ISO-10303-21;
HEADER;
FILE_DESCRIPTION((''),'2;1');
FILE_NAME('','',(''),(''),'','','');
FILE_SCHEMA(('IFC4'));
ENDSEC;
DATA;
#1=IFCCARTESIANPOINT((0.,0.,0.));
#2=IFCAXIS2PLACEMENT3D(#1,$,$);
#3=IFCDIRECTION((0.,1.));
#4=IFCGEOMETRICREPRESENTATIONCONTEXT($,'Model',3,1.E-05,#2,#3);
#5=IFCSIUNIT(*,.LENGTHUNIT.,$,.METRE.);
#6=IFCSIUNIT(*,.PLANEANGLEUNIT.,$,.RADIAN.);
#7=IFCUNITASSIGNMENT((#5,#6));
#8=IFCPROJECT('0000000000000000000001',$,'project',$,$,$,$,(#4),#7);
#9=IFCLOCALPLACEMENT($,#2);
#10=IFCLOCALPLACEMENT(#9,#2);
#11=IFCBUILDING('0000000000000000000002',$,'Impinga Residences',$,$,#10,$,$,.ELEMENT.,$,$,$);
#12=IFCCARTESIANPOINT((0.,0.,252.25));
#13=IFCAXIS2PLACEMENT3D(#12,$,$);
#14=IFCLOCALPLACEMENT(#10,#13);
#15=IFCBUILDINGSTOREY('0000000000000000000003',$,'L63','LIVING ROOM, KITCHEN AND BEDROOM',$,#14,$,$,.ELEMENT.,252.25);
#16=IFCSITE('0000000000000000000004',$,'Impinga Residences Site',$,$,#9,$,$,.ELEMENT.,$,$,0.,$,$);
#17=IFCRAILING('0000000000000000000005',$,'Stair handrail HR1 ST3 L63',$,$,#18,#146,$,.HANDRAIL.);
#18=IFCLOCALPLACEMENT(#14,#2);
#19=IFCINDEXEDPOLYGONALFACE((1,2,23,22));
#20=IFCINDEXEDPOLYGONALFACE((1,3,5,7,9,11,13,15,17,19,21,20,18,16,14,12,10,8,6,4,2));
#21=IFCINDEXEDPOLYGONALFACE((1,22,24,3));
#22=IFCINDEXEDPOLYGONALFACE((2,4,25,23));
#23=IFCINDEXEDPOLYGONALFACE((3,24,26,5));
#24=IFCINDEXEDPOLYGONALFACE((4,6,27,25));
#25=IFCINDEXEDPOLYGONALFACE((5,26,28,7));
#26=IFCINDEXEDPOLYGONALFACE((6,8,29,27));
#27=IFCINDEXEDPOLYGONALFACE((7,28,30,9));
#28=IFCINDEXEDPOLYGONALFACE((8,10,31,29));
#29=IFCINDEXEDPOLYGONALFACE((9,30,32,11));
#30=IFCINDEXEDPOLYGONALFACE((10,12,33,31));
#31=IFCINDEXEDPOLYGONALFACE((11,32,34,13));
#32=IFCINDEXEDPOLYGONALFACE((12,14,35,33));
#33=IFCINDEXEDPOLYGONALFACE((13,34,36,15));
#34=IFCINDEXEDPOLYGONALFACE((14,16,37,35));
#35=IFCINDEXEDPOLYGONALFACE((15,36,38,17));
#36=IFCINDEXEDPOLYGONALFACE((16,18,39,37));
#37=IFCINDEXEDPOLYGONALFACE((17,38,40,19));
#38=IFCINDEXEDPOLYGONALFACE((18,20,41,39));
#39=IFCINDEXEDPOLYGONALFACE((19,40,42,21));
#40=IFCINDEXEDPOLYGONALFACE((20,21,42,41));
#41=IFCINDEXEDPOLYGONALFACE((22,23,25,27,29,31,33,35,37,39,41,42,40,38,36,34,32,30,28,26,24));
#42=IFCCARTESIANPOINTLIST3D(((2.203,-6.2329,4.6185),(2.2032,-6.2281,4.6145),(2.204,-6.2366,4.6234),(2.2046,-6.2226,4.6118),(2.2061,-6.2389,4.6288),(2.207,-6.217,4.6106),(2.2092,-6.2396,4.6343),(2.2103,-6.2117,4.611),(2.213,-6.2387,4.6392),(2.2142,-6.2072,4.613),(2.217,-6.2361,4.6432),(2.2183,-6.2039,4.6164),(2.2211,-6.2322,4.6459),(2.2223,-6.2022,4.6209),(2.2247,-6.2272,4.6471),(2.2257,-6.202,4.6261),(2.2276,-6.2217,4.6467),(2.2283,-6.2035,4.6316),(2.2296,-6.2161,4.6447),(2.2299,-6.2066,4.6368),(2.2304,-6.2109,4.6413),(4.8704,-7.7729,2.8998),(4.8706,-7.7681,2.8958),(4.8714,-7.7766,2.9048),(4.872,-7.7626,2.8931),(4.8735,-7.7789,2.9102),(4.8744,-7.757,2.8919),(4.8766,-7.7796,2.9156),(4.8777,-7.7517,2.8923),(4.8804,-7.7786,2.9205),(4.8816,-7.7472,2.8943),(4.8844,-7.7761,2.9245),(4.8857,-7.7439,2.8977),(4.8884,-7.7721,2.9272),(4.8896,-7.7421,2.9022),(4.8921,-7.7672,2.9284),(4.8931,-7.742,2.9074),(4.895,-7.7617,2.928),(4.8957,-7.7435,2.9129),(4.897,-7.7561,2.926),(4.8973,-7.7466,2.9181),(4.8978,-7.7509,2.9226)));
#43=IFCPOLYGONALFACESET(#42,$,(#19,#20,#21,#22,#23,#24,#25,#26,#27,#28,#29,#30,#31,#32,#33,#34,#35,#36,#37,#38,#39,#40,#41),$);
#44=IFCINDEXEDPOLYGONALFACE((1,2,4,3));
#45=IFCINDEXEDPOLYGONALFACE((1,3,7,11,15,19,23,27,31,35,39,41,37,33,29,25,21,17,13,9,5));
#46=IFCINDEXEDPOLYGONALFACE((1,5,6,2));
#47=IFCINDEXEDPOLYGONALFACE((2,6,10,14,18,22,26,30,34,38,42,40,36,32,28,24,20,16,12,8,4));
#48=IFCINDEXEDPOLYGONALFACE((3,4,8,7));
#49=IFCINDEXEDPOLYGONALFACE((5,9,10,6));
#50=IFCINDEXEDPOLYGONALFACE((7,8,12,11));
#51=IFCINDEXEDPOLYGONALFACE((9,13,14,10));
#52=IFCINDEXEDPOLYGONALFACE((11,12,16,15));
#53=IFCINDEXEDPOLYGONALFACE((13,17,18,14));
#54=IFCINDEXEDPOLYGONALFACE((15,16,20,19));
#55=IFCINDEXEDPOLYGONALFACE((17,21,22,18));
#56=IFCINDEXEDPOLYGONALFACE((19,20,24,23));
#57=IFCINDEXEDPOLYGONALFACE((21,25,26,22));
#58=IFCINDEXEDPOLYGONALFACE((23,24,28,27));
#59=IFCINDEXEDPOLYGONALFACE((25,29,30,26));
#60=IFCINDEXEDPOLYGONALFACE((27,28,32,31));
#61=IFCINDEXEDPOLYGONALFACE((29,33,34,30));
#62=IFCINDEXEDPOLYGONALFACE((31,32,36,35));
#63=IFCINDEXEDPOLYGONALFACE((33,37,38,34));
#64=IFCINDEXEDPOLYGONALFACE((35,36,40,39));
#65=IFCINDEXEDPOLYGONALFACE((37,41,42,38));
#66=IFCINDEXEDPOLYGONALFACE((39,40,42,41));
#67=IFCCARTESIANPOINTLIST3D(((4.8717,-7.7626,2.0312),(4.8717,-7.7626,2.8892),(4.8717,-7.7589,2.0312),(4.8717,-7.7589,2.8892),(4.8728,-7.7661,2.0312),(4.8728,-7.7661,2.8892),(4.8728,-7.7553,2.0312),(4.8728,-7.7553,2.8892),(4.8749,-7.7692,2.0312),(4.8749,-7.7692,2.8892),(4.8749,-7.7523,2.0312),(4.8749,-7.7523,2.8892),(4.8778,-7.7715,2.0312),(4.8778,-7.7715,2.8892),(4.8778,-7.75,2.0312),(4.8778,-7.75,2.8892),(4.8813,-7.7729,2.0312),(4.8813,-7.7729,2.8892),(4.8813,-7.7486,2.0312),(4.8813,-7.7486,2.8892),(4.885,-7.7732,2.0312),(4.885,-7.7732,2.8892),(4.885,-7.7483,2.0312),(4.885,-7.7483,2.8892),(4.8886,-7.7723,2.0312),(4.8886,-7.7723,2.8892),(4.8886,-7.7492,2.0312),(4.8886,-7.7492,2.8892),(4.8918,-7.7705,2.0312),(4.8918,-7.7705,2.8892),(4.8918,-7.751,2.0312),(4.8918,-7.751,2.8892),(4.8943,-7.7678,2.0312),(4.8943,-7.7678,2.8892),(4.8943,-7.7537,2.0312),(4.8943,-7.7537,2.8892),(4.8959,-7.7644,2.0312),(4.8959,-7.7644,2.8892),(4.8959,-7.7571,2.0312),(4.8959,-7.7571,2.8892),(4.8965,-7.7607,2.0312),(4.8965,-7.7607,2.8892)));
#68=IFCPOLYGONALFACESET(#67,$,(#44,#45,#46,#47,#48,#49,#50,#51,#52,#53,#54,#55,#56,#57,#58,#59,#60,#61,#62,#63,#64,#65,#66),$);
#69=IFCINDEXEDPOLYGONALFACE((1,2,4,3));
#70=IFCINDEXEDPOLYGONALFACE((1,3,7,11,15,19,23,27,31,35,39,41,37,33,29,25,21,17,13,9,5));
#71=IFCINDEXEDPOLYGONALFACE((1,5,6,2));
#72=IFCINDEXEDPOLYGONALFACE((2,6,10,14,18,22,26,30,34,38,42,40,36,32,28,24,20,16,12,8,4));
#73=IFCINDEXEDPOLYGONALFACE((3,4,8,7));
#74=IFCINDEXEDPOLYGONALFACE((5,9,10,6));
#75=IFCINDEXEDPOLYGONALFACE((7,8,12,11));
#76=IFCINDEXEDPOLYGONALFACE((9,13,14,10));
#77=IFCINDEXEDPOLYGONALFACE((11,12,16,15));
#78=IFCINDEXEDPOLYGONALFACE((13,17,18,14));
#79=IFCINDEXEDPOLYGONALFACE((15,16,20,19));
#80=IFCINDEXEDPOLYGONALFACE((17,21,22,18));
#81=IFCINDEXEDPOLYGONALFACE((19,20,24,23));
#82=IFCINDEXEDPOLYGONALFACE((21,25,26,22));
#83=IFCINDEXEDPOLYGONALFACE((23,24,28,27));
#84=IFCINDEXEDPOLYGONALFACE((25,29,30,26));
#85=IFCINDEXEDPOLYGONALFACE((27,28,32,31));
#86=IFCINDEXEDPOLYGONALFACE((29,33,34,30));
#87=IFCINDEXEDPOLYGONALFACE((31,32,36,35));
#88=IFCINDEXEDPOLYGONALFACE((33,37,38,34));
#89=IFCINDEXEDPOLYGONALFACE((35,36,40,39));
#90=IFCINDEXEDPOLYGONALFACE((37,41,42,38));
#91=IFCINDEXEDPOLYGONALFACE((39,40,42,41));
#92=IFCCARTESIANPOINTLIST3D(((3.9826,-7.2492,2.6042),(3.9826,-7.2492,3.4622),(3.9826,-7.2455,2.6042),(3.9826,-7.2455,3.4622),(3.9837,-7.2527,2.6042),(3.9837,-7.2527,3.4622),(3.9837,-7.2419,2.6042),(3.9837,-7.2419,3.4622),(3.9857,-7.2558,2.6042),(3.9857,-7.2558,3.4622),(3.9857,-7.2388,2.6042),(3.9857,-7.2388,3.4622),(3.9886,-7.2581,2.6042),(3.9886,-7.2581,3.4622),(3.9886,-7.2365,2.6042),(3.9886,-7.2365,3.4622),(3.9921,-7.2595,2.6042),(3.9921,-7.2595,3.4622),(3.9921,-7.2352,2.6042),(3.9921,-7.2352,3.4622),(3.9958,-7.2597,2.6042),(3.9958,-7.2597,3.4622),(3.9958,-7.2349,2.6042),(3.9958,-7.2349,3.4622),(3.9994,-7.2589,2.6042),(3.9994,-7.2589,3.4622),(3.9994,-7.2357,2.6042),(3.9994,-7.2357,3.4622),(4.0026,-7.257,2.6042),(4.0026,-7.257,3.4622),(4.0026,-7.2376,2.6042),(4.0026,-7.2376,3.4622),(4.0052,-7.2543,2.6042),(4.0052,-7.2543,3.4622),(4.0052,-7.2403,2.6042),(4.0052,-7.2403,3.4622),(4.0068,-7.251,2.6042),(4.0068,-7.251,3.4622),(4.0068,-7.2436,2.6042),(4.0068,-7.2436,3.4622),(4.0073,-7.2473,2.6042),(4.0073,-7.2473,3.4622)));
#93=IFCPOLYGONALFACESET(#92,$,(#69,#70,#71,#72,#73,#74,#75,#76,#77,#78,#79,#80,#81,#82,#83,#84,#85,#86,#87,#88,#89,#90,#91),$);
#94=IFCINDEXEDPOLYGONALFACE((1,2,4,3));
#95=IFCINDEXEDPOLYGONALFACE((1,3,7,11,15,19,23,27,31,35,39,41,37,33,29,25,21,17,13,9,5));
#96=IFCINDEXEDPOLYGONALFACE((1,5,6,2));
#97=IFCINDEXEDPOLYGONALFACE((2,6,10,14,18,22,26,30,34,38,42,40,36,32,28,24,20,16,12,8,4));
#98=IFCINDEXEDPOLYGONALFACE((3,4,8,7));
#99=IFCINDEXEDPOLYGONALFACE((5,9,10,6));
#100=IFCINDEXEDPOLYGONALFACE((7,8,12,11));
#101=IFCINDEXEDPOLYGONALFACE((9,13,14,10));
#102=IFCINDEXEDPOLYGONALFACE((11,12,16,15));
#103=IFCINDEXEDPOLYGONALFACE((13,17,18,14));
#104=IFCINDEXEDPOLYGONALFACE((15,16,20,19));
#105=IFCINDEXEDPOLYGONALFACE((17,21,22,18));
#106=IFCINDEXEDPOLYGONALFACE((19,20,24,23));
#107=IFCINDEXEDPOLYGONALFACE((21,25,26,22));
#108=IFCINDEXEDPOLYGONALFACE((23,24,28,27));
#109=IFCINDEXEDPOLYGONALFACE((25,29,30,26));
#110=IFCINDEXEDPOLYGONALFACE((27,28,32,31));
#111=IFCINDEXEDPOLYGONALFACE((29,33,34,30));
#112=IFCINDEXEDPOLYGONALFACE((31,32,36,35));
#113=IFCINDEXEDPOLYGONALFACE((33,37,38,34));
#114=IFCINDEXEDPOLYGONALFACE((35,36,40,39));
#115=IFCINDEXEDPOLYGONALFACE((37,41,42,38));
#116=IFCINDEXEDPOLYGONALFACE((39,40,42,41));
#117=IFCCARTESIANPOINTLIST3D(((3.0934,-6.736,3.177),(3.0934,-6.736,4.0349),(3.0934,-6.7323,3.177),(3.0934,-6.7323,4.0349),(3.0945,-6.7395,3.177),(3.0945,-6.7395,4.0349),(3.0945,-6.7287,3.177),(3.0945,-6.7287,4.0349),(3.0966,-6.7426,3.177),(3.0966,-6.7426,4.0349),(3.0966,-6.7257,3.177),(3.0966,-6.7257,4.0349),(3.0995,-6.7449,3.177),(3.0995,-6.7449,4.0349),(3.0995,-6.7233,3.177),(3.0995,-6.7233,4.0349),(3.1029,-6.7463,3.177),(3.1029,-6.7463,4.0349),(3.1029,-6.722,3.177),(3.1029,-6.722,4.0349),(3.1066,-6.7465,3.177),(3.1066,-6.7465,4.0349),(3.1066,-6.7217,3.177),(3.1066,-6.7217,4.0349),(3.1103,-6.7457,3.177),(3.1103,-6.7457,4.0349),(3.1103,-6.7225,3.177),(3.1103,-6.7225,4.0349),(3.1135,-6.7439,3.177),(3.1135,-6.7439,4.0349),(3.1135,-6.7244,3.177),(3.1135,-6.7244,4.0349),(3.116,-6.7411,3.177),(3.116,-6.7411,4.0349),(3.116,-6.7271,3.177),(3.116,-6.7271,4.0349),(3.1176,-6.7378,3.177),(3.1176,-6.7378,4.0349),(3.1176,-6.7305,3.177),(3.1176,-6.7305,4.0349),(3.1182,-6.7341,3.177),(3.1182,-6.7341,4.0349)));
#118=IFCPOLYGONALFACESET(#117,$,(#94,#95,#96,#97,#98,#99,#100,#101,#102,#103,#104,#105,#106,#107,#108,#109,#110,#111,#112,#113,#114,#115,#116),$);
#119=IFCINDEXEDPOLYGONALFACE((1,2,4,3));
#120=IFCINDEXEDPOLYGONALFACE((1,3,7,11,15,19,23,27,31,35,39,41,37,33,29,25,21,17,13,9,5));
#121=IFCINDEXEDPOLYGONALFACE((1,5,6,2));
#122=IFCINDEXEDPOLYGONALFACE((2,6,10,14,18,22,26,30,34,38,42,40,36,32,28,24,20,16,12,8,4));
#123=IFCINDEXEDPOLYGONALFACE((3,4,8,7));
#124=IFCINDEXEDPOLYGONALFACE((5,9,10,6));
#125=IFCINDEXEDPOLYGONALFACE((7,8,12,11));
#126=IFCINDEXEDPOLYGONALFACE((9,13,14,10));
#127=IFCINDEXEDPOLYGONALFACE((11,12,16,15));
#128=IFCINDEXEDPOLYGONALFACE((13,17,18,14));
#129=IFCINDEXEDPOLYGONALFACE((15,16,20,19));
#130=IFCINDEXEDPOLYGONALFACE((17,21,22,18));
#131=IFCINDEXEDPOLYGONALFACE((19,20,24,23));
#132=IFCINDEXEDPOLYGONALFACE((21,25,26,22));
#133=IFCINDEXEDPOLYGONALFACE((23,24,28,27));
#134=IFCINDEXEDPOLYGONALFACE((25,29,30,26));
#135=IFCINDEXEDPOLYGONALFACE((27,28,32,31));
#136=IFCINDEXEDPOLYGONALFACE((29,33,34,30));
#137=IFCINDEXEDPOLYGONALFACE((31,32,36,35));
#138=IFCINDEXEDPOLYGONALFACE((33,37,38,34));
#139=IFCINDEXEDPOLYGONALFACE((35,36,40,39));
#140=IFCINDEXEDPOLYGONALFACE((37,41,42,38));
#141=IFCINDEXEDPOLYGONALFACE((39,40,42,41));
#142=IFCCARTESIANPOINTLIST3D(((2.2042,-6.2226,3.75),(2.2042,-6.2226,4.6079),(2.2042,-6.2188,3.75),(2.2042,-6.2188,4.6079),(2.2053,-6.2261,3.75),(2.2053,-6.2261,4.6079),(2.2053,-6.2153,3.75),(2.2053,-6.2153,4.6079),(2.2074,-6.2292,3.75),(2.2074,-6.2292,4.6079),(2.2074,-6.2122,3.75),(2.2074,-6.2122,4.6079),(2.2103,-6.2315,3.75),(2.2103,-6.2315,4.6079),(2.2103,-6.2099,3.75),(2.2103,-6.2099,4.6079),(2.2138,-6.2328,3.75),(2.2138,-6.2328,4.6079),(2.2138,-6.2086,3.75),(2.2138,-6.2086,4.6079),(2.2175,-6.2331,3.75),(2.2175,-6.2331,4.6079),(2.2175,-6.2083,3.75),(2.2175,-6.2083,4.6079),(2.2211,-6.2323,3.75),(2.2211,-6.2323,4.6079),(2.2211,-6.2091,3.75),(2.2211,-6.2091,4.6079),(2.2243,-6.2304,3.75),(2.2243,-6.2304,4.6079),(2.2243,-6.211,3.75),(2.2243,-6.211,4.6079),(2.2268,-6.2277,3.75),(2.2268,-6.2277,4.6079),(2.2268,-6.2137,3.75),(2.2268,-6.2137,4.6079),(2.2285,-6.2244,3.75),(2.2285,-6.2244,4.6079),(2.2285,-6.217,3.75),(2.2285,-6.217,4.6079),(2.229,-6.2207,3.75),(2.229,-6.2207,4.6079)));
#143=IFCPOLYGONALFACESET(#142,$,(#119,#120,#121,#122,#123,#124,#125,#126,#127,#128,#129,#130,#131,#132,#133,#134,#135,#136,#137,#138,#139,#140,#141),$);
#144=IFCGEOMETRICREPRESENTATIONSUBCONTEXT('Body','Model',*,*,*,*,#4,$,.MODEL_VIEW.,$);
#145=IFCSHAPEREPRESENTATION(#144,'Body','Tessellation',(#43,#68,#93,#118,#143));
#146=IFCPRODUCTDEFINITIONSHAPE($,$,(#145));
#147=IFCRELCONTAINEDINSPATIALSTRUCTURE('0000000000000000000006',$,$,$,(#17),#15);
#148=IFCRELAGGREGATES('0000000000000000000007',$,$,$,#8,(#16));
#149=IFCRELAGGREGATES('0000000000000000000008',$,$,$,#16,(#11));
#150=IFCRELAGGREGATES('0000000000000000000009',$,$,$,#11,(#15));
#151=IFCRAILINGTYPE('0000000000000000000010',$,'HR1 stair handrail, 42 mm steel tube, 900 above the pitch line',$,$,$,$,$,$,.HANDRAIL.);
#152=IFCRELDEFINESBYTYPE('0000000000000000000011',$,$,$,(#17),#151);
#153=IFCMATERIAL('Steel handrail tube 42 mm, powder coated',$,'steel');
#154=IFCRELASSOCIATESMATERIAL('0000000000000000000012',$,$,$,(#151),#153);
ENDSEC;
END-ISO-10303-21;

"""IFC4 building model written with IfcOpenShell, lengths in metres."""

from ifc_helpers import new_model, si_unit, direction, frame, origin, origin_2d, place, context, subcontext, project, spatial, circle, extrude, material, type_object, element, save


model = new_model("IFC4")

# Units and contexts
model_context = context("Model", 3, precision=1e-05, world=origin(), true_north=direction((0.0, 1.0)))
body_context = subcontext(model_context, "Body", "Model", "MODEL_VIEW")
ifc_project = project(units=[si_unit("LENGTHUNIT", "METRE"), si_unit("PLANEANGLEUNIT", "RADIAN")], contexts=[model_context])

# Site, building, storey
site_placement = place(None, origin())
site = spatial("IfcSite", under=ifc_project, at=site_placement, Name="Impinga Residences Site", CompositionType="ELEMENT", RefElevation=0.0)
building_placement = place(site_placement, origin())
building = spatial("IfcBuilding", under=site, at=building_placement, Name="Impinga Residences", CompositionType="ELEMENT")
storey_placement = place(building_placement, frame((0.0, 0.0, 252.25)))
storey = spatial("IfcBuildingStorey", under=building, at=storey_placement, Name="L63", Description="LIVING ROOM, KITCHEN AND BEDROOM", CompositionType="ELEMENT", Elevation=252.25)

# Railing
ifc_material_1 = material(Name="Steel handrail tube 42 mm, powder coated", Category="steel")
railing_type_1 = type_object("IfcRailingType", Name="HR1 stair handrail, 42 mm steel tube, 900 above the pitch line", PredefinedType="HANDRAIL", material=ifc_material_1)
railing_1_placement = place(storey_placement, frame((4.884, -7.7607, 2.0312)))
element("IfcRailing", 1, at=railing_1_placement, inside=storey, type_object=railing_type_1, Name="Stair handrail HR1 ST3 L63", PredefinedType="HANDRAIL", context=body_context, shape_type="SweptSolid", body=[
    extrude(circle(Radius=0.021, at=origin_2d()), frame((0.0, 0.0, 0.8789), z_axis=(-0.756256, 0.436616, 0.487282), x_axis=(-0.499992, -0.86603, 0.0)), (0.0, 0.0, 1.0), 3.5271),
    extrude(circle(Radius=0.0125, at=origin_2d()), origin(), (0.0, 0.0, 1.0), 0.8579),
    extrude(circle(Radius=0.0125, at=origin_2d()), frame((-0.8892, 0.5134, 0.573)), (0.0, 0.0, 1.0), 0.8579),
    extrude(circle(Radius=0.0125, at=origin_2d()), frame((-1.7783, 1.0266, 1.1458)), (0.0, 0.0, 1.0), 0.8579),
    extrude(circle(Radius=0.0125, at=origin_2d()), frame((-2.6675, 1.54, 1.7188)), (0.0, 0.0, 1.0), 0.8579),
])

save(model, "model.ifc")
